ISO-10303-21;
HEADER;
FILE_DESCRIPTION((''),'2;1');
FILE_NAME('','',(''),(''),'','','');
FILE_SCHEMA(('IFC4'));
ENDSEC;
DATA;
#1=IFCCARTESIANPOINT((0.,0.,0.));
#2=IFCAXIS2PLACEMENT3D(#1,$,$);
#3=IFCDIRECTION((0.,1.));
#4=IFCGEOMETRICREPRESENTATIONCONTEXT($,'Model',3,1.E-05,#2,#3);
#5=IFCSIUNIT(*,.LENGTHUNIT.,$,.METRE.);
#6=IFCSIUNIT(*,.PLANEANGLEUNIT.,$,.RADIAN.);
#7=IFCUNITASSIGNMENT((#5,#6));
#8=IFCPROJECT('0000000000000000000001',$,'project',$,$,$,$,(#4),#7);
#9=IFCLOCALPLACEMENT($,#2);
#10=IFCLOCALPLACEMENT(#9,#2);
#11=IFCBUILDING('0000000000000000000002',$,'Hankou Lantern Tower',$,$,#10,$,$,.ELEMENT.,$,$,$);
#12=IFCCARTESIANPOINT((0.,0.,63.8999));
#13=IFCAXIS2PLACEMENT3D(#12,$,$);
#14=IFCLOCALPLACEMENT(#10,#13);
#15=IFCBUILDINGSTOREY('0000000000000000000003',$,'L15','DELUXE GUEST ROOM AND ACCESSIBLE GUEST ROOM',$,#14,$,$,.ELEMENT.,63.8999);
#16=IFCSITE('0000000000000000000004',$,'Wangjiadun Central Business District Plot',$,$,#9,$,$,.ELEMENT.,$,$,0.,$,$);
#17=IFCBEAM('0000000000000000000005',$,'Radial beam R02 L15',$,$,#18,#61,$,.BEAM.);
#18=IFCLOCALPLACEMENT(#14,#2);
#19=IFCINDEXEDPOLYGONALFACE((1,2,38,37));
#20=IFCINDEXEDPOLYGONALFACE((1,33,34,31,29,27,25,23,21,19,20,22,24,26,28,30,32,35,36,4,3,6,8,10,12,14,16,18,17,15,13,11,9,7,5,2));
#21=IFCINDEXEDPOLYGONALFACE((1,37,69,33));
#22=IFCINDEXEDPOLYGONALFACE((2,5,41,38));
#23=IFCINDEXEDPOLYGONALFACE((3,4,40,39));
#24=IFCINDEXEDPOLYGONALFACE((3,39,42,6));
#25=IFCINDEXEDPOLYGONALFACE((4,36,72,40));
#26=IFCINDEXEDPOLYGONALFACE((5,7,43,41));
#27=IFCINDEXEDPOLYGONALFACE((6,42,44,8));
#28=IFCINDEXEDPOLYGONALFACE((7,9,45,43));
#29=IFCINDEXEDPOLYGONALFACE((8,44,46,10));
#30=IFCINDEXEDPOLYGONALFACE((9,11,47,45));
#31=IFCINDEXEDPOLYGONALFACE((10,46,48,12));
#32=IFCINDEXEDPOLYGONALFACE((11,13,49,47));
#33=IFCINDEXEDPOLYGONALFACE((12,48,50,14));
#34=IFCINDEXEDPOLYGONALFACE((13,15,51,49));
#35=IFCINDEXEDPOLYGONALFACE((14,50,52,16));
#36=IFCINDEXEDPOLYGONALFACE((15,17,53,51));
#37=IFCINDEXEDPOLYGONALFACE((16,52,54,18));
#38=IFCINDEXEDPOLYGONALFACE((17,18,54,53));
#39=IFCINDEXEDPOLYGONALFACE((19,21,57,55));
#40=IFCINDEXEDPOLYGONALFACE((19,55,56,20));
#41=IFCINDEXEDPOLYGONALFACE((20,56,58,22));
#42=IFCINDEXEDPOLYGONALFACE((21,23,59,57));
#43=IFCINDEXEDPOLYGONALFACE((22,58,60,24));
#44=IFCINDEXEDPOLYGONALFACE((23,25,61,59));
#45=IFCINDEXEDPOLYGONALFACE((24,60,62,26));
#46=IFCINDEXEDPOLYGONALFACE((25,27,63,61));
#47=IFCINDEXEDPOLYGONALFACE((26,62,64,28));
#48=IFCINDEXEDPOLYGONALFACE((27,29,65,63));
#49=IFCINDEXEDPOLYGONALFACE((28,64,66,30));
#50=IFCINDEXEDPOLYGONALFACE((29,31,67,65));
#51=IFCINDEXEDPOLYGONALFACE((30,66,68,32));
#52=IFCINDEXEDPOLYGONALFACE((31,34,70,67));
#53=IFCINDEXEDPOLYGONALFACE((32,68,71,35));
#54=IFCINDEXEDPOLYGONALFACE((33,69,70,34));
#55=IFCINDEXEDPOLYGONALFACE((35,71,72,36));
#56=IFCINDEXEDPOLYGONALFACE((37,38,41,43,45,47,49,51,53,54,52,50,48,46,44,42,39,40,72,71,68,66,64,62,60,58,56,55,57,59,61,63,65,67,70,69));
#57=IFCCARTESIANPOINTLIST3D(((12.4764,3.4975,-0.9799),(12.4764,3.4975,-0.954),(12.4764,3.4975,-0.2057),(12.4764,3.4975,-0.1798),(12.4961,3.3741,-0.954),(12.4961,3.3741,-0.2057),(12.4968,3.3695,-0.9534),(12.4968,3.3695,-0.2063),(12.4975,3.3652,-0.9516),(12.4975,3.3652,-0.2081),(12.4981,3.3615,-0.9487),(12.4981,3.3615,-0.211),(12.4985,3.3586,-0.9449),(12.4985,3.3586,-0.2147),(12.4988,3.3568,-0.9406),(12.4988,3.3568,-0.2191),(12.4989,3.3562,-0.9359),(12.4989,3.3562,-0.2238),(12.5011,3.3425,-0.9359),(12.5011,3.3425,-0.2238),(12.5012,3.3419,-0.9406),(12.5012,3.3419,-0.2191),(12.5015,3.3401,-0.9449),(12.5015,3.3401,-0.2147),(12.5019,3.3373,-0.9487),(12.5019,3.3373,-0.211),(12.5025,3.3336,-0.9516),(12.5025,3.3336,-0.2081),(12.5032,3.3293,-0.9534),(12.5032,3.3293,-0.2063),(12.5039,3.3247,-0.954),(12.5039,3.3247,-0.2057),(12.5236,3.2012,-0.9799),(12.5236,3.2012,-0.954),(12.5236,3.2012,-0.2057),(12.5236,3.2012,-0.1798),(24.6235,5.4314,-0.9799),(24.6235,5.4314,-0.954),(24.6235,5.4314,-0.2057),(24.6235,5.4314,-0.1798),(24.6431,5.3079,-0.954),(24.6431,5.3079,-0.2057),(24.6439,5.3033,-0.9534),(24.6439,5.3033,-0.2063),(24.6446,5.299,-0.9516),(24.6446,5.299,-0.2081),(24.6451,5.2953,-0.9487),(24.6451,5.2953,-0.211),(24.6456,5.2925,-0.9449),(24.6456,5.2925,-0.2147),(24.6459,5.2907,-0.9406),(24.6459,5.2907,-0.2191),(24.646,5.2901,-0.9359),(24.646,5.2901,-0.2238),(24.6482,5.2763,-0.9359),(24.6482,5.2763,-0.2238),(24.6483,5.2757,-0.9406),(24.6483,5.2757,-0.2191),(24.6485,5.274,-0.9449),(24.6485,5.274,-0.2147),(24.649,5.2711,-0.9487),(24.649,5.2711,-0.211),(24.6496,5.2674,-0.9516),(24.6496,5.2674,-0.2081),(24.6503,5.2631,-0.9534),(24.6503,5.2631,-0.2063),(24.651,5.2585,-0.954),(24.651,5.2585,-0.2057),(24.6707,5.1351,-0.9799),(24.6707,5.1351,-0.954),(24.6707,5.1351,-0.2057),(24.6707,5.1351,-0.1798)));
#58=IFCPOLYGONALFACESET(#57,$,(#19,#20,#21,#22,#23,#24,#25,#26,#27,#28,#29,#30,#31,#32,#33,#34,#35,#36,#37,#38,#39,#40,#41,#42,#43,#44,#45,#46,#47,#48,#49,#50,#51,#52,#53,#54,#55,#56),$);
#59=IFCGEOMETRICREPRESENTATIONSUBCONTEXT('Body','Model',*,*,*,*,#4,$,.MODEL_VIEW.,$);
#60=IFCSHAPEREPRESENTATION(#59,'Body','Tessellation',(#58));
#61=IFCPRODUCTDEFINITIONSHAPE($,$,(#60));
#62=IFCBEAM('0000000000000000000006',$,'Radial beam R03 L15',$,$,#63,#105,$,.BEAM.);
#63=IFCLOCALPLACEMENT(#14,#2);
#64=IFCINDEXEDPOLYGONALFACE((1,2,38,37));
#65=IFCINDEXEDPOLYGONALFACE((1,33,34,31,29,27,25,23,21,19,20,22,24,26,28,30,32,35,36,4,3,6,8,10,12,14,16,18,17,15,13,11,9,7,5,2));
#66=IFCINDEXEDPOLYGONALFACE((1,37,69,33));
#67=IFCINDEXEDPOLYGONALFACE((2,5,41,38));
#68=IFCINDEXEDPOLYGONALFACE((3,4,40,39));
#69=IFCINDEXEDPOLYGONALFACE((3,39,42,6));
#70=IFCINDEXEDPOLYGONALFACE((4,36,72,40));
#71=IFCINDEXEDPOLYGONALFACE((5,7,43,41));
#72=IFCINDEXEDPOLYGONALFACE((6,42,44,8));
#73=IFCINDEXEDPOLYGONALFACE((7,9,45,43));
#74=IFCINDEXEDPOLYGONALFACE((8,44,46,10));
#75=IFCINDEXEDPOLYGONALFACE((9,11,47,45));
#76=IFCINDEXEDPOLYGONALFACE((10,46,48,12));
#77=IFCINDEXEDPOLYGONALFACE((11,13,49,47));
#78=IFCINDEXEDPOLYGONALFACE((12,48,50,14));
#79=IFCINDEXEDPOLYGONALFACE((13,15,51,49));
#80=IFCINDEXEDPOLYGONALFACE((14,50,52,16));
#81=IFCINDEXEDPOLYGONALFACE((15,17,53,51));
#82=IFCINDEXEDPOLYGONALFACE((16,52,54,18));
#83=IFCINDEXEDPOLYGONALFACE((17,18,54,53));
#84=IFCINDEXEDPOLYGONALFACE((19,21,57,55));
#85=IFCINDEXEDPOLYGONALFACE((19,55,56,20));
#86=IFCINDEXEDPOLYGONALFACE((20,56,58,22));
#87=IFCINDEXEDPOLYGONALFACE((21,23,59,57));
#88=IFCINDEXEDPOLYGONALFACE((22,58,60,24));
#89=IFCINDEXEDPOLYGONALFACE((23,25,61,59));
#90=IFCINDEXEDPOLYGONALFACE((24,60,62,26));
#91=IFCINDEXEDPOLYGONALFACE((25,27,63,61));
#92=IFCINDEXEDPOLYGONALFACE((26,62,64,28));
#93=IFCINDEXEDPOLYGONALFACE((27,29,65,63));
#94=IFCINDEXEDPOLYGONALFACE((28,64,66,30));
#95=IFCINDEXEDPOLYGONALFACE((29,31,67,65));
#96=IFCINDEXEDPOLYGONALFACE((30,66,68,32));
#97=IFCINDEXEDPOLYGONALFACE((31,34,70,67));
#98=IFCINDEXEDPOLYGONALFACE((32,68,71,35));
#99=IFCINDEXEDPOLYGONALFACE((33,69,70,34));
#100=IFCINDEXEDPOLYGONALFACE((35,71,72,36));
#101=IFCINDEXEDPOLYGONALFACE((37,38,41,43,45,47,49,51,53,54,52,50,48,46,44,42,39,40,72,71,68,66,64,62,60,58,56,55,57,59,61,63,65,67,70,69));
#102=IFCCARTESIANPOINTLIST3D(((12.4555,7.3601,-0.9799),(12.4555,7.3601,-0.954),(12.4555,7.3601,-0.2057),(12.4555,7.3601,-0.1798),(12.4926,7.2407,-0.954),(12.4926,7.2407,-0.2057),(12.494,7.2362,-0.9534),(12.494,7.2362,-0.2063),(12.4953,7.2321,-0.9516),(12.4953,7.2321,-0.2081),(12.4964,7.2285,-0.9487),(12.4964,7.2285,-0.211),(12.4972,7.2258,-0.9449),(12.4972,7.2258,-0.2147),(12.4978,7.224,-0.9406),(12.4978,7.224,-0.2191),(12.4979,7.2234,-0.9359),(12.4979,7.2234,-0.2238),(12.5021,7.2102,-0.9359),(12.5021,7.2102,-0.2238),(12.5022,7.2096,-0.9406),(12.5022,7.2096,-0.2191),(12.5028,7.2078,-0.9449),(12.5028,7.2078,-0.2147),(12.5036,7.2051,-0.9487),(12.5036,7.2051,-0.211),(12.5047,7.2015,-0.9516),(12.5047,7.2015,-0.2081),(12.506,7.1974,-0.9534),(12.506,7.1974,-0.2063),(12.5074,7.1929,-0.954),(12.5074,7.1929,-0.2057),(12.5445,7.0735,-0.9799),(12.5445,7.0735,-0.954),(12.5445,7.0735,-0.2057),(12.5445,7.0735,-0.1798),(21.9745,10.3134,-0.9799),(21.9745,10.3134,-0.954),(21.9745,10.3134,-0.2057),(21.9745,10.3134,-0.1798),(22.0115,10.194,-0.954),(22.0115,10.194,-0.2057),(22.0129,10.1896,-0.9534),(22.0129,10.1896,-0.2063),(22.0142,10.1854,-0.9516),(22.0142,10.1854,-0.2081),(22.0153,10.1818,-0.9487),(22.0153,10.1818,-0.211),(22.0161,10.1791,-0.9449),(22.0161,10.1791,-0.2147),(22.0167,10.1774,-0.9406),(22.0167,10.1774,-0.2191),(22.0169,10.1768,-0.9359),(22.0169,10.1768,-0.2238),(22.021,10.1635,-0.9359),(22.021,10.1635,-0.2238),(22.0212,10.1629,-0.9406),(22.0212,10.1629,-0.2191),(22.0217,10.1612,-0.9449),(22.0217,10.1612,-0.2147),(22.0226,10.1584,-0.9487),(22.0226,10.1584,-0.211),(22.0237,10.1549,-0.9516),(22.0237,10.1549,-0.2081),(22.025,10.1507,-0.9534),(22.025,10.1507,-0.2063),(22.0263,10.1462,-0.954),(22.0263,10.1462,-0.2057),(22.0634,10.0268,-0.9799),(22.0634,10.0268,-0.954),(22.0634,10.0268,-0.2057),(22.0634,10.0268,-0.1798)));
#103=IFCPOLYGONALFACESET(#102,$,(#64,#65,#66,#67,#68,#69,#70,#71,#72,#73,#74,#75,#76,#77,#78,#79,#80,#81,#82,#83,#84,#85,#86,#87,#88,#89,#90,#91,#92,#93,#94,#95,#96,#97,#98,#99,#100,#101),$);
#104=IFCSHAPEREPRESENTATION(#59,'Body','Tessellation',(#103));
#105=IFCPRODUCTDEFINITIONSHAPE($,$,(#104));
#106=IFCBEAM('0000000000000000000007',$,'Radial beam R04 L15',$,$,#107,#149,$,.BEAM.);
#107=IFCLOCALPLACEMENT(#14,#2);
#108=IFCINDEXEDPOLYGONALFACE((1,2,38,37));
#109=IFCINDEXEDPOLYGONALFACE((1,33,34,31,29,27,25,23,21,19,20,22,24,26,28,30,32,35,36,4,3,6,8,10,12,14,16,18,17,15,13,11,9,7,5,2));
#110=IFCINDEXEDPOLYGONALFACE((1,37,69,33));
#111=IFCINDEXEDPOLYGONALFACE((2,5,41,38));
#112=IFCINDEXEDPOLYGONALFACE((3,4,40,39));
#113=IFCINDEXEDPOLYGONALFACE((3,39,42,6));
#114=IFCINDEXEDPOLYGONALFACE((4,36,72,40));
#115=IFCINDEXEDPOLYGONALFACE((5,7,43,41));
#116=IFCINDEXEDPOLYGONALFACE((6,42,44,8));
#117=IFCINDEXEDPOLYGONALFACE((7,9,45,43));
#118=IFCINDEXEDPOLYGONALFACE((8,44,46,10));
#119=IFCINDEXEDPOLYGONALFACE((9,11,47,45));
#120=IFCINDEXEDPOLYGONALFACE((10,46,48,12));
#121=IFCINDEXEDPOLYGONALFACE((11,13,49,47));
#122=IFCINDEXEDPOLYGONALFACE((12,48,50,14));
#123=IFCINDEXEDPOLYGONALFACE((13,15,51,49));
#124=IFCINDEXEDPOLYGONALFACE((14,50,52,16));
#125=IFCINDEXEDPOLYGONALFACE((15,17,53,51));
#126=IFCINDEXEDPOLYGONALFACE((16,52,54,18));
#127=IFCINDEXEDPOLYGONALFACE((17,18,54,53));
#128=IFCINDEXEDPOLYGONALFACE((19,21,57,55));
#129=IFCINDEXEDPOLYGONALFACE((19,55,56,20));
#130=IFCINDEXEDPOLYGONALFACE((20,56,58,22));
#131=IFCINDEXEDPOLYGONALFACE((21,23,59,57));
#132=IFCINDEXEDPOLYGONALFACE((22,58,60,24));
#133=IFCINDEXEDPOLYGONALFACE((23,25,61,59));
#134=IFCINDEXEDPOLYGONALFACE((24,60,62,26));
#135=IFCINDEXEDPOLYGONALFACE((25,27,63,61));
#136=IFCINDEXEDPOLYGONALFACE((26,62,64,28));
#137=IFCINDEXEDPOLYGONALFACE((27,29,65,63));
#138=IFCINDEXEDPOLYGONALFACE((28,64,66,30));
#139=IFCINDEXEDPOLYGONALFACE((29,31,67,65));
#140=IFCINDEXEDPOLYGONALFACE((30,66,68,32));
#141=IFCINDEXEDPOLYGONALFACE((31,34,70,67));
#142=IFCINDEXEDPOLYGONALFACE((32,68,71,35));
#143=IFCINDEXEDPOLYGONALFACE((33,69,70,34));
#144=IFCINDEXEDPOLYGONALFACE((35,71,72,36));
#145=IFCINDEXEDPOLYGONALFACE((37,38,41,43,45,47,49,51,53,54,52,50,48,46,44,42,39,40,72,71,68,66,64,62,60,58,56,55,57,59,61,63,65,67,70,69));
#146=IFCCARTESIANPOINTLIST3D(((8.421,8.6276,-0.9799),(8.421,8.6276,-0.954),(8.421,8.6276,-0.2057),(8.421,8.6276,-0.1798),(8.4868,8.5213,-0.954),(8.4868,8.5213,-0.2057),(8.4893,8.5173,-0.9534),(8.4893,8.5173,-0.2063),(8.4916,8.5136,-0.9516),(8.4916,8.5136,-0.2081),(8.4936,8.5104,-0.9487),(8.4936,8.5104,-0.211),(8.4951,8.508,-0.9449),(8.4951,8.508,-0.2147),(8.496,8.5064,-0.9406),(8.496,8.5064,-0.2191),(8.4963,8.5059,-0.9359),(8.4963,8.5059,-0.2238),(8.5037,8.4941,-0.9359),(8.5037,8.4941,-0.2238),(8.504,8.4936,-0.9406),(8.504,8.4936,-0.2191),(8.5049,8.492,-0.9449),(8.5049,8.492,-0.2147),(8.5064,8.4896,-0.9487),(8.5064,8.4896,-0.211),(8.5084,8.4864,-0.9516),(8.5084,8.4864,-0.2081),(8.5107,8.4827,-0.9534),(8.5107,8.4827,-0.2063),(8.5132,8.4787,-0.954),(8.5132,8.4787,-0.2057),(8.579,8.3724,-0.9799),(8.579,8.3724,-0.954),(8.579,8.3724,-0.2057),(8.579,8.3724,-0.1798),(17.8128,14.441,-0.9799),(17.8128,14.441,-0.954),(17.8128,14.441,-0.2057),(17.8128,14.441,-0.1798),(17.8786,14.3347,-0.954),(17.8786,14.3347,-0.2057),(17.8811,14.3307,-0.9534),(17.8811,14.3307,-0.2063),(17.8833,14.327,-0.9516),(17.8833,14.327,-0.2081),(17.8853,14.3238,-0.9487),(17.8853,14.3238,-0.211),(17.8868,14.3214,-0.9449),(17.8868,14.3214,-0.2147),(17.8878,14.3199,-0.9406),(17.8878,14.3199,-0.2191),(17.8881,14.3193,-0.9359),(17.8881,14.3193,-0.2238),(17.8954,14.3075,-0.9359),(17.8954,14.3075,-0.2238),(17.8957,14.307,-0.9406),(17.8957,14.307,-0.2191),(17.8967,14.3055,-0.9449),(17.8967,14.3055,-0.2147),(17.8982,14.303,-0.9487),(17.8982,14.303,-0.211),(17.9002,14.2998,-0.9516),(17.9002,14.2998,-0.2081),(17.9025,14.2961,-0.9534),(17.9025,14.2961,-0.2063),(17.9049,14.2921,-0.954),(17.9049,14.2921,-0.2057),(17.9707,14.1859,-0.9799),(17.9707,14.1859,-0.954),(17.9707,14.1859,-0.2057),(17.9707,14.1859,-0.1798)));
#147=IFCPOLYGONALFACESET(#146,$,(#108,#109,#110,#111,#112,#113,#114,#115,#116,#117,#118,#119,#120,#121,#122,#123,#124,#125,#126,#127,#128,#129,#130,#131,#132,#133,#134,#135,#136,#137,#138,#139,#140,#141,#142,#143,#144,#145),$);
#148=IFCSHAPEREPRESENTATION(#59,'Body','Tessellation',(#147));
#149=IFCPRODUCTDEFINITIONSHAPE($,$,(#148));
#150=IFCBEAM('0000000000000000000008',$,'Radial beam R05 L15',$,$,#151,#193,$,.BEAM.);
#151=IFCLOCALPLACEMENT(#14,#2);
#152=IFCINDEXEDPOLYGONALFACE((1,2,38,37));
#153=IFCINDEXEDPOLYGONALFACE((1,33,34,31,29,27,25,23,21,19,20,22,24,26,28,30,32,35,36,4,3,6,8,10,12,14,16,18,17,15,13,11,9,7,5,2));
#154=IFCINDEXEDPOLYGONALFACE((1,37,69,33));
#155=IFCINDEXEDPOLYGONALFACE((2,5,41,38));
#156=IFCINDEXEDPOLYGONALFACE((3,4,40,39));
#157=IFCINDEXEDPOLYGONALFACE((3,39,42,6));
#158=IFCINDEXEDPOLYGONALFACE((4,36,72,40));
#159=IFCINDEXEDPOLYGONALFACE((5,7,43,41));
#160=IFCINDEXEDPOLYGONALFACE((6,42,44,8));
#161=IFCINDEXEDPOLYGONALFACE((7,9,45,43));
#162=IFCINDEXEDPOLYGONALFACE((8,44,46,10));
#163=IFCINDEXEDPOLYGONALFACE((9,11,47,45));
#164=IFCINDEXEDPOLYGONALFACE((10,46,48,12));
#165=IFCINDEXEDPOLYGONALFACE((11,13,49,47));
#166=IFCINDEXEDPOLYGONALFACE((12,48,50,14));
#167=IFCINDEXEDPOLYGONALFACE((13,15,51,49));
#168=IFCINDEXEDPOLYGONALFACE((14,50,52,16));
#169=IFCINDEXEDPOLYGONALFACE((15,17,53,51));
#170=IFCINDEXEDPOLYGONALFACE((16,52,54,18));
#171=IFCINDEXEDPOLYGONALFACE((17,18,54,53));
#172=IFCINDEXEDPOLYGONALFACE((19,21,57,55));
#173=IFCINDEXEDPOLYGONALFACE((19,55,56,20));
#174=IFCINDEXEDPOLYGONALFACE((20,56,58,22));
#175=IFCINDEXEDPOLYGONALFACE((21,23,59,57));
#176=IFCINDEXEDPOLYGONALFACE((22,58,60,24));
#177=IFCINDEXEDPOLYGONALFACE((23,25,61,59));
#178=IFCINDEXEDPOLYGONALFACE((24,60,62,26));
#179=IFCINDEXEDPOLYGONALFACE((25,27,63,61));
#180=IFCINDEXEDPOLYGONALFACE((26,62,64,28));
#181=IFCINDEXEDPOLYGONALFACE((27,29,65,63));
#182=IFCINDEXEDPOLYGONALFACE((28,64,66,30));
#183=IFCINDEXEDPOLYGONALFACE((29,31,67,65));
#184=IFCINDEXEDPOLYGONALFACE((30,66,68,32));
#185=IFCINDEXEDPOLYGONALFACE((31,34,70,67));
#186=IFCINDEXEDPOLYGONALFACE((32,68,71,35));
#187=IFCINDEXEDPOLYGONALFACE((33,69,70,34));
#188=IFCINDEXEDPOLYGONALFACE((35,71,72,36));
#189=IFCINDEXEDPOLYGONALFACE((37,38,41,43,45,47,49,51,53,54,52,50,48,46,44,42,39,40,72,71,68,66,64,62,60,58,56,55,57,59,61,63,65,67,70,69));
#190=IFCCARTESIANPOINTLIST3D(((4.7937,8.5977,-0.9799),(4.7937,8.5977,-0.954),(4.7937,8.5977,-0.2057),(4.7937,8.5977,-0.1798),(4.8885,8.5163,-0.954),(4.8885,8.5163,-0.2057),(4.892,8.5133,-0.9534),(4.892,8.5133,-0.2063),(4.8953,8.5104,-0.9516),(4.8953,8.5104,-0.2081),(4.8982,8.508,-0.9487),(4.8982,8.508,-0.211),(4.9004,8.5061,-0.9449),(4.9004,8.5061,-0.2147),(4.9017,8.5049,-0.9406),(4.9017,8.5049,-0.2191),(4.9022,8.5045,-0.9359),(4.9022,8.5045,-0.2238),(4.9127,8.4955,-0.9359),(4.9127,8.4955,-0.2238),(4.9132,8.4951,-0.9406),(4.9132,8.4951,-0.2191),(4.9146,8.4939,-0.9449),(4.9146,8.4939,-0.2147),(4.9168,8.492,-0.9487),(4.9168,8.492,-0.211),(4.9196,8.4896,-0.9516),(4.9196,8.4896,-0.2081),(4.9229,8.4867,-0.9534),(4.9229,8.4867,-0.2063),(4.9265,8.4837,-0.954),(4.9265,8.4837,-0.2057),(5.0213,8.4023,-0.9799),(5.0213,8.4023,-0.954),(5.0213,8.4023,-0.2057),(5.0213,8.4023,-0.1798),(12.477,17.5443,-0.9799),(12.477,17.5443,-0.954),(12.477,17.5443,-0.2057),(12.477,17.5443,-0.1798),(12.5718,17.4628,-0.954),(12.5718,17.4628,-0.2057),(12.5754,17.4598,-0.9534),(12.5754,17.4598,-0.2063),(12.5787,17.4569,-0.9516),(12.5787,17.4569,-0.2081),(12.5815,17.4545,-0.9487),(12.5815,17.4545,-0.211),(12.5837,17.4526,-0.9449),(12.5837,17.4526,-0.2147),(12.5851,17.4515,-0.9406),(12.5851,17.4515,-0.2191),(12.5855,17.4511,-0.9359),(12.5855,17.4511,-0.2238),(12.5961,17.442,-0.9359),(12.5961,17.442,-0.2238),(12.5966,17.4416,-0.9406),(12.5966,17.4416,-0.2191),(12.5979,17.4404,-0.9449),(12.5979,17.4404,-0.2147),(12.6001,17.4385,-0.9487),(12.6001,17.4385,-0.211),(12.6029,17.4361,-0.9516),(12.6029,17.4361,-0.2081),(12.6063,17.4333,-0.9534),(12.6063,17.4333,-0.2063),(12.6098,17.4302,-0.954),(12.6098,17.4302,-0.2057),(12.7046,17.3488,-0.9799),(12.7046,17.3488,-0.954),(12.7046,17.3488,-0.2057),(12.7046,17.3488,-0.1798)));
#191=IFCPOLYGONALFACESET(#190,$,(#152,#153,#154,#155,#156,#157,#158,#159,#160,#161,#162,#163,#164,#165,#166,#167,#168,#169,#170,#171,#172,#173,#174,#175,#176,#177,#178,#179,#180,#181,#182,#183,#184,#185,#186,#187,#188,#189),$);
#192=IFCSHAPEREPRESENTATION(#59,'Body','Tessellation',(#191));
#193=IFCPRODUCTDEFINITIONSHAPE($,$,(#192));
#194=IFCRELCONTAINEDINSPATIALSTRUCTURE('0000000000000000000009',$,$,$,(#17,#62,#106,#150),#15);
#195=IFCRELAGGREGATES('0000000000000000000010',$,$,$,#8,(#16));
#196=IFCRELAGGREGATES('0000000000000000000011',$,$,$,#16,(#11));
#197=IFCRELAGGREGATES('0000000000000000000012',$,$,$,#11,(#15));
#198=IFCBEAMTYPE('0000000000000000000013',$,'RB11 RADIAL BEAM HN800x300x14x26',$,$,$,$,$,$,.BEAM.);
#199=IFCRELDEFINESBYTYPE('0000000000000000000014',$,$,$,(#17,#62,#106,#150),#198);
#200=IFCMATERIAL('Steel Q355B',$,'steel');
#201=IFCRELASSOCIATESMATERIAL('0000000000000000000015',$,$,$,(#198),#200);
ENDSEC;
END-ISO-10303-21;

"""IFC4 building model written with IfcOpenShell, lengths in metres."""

from ifc_helpers import new_model, si_unit, direction, frame, origin, origin_2d, place, context, subcontext, project, spatial, i_section, extrude, material, material_profile, profile_set, type_object, element, save


model = new_model("IFC4")

# Units and contexts
model_context = context("Model", 3, precision=1e-05, world=origin(), true_north=direction((0.0, 1.0)))
body_context = subcontext(model_context, "Body", "Model", "MODEL_VIEW")
ifc_project = project(units=[si_unit("LENGTHUNIT", "METRE"), si_unit("PLANEANGLEUNIT", "RADIAN")], contexts=[model_context])

# Site, building, storey
site_placement = place(None, origin())
site = spatial("IfcSite", under=ifc_project, at=site_placement, Name="Wangjiadun Central Business District Plot", CompositionType="ELEMENT", RefElevation=0.0)
building_placement = place(site_placement, origin())
building = spatial("IfcBuilding", under=site, at=building_placement, Name="Hankou Lantern Tower", CompositionType="ELEMENT")
storey_placement = place(building_placement, frame((0.0, 0.0, 63.8999)))
storey = spatial("IfcBuildingStorey", under=building, at=storey_placement, Name="L15", Description="DELUXE GUEST ROOM AND ACCESSIBLE GUEST ROOM", CompositionType="ELEMENT", Elevation=63.8999)

# Beams
ifc_material_1 = material(Name="Steel Q355B", Category="steel")
ifc_material_profile_1 = material_profile(ifc_material_1, i_section(OverallWidth=0.3, OverallDepth=0.8, WebThickness=0.0139, FlangeThickness=0.0259, FilletRadius=0.0181, at=origin_2d()), Name="HN800x300x14x26")
ifc_profile_set_1 = profile_set([ifc_material_profile_1], Name="Steel Q355B")
beam_type_1 = type_object("IfcBeamType", Name="RB11 RADIAL BEAM HN800x300x14x26", PredefinedType="BEAM", material=ifc_profile_set_1)
beam_1_placement = place(storey_placement, frame((12.5, 3.3494, -0.5798), z_axis=(0.987563, 0.157223, 0.0), x_axis=(-0.157223, 0.987563, 0.0)))
element("IfcBeam", 1, at=beam_1_placement, inside=storey, type_object=beam_type_1, Name="Radial beam R02 L15", PredefinedType="BEAM", context=body_context, shape_type="SweptSolid", body=[
    extrude(i_section(OverallWidth=0.3, OverallDepth=0.8, WebThickness=0.0139, FlangeThickness=0.0259, FilletRadius=0.0181, at=origin_2d()), origin(), (0.0, 0.0, 1.0), 12.3),
])
beam_2_placement = place(storey_placement, frame((12.5, 7.2168, -0.5798), z_axis=(0.955087, 0.296324, 0.0), x_axis=(-0.296324, 0.955087, 0.0)))
element("IfcBeam", 2, at=beam_2_placement, inside=storey, type_object=beam_type_1, Name="Radial beam R03 L15", PredefinedType="BEAM", context=body_context, shape_type="SweptSolid", body=[
    extrude(i_section(OverallWidth=0.3, OverallDepth=0.8, WebThickness=0.0139, FlangeThickness=0.0259, FilletRadius=0.0181, at=origin_2d()), origin(), (0.0, 0.0, 1.0), 9.9666),
])
beam_3_placement = place(storey_placement, frame((8.5, 8.5, -0.5798), z_axis=(0.850286, 0.52632, 0.0), x_axis=(-0.52632, 0.850286, 0.0)))
element("IfcBeam", 3, at=beam_3_placement, inside=storey, type_object=beam_type_1, Name="Radial beam R04 L15", PredefinedType="BEAM", context=body_context, shape_type="SweptSolid", body=[
    extrude(i_section(OverallWidth=0.3, OverallDepth=0.8, WebThickness=0.0139, FlangeThickness=0.0259, FilletRadius=0.0181, at=origin_2d()), origin(), (0.0, 0.0, 1.0), 11.0454),
])
beam_4_placement = place(storey_placement, frame((4.9075, 8.5, -0.5798), z_axis=(0.651519, 0.758632, 0.0), x_axis=(-0.758632, 0.651519, 0.0)))
element("IfcBeam", 4, at=beam_4_placement, inside=storey, type_object=beam_type_1, Name="Radial beam R05 L15", PredefinedType="BEAM", context=body_context, shape_type="SweptSolid", body=[
    extrude(i_section(OverallWidth=0.3, OverallDepth=0.8, WebThickness=0.0139, FlangeThickness=0.0259, FilletRadius=0.0181, at=origin_2d()), origin(), (0.0, 0.0, 1.0), 11.793),
])

save(model, "model.ifc")
